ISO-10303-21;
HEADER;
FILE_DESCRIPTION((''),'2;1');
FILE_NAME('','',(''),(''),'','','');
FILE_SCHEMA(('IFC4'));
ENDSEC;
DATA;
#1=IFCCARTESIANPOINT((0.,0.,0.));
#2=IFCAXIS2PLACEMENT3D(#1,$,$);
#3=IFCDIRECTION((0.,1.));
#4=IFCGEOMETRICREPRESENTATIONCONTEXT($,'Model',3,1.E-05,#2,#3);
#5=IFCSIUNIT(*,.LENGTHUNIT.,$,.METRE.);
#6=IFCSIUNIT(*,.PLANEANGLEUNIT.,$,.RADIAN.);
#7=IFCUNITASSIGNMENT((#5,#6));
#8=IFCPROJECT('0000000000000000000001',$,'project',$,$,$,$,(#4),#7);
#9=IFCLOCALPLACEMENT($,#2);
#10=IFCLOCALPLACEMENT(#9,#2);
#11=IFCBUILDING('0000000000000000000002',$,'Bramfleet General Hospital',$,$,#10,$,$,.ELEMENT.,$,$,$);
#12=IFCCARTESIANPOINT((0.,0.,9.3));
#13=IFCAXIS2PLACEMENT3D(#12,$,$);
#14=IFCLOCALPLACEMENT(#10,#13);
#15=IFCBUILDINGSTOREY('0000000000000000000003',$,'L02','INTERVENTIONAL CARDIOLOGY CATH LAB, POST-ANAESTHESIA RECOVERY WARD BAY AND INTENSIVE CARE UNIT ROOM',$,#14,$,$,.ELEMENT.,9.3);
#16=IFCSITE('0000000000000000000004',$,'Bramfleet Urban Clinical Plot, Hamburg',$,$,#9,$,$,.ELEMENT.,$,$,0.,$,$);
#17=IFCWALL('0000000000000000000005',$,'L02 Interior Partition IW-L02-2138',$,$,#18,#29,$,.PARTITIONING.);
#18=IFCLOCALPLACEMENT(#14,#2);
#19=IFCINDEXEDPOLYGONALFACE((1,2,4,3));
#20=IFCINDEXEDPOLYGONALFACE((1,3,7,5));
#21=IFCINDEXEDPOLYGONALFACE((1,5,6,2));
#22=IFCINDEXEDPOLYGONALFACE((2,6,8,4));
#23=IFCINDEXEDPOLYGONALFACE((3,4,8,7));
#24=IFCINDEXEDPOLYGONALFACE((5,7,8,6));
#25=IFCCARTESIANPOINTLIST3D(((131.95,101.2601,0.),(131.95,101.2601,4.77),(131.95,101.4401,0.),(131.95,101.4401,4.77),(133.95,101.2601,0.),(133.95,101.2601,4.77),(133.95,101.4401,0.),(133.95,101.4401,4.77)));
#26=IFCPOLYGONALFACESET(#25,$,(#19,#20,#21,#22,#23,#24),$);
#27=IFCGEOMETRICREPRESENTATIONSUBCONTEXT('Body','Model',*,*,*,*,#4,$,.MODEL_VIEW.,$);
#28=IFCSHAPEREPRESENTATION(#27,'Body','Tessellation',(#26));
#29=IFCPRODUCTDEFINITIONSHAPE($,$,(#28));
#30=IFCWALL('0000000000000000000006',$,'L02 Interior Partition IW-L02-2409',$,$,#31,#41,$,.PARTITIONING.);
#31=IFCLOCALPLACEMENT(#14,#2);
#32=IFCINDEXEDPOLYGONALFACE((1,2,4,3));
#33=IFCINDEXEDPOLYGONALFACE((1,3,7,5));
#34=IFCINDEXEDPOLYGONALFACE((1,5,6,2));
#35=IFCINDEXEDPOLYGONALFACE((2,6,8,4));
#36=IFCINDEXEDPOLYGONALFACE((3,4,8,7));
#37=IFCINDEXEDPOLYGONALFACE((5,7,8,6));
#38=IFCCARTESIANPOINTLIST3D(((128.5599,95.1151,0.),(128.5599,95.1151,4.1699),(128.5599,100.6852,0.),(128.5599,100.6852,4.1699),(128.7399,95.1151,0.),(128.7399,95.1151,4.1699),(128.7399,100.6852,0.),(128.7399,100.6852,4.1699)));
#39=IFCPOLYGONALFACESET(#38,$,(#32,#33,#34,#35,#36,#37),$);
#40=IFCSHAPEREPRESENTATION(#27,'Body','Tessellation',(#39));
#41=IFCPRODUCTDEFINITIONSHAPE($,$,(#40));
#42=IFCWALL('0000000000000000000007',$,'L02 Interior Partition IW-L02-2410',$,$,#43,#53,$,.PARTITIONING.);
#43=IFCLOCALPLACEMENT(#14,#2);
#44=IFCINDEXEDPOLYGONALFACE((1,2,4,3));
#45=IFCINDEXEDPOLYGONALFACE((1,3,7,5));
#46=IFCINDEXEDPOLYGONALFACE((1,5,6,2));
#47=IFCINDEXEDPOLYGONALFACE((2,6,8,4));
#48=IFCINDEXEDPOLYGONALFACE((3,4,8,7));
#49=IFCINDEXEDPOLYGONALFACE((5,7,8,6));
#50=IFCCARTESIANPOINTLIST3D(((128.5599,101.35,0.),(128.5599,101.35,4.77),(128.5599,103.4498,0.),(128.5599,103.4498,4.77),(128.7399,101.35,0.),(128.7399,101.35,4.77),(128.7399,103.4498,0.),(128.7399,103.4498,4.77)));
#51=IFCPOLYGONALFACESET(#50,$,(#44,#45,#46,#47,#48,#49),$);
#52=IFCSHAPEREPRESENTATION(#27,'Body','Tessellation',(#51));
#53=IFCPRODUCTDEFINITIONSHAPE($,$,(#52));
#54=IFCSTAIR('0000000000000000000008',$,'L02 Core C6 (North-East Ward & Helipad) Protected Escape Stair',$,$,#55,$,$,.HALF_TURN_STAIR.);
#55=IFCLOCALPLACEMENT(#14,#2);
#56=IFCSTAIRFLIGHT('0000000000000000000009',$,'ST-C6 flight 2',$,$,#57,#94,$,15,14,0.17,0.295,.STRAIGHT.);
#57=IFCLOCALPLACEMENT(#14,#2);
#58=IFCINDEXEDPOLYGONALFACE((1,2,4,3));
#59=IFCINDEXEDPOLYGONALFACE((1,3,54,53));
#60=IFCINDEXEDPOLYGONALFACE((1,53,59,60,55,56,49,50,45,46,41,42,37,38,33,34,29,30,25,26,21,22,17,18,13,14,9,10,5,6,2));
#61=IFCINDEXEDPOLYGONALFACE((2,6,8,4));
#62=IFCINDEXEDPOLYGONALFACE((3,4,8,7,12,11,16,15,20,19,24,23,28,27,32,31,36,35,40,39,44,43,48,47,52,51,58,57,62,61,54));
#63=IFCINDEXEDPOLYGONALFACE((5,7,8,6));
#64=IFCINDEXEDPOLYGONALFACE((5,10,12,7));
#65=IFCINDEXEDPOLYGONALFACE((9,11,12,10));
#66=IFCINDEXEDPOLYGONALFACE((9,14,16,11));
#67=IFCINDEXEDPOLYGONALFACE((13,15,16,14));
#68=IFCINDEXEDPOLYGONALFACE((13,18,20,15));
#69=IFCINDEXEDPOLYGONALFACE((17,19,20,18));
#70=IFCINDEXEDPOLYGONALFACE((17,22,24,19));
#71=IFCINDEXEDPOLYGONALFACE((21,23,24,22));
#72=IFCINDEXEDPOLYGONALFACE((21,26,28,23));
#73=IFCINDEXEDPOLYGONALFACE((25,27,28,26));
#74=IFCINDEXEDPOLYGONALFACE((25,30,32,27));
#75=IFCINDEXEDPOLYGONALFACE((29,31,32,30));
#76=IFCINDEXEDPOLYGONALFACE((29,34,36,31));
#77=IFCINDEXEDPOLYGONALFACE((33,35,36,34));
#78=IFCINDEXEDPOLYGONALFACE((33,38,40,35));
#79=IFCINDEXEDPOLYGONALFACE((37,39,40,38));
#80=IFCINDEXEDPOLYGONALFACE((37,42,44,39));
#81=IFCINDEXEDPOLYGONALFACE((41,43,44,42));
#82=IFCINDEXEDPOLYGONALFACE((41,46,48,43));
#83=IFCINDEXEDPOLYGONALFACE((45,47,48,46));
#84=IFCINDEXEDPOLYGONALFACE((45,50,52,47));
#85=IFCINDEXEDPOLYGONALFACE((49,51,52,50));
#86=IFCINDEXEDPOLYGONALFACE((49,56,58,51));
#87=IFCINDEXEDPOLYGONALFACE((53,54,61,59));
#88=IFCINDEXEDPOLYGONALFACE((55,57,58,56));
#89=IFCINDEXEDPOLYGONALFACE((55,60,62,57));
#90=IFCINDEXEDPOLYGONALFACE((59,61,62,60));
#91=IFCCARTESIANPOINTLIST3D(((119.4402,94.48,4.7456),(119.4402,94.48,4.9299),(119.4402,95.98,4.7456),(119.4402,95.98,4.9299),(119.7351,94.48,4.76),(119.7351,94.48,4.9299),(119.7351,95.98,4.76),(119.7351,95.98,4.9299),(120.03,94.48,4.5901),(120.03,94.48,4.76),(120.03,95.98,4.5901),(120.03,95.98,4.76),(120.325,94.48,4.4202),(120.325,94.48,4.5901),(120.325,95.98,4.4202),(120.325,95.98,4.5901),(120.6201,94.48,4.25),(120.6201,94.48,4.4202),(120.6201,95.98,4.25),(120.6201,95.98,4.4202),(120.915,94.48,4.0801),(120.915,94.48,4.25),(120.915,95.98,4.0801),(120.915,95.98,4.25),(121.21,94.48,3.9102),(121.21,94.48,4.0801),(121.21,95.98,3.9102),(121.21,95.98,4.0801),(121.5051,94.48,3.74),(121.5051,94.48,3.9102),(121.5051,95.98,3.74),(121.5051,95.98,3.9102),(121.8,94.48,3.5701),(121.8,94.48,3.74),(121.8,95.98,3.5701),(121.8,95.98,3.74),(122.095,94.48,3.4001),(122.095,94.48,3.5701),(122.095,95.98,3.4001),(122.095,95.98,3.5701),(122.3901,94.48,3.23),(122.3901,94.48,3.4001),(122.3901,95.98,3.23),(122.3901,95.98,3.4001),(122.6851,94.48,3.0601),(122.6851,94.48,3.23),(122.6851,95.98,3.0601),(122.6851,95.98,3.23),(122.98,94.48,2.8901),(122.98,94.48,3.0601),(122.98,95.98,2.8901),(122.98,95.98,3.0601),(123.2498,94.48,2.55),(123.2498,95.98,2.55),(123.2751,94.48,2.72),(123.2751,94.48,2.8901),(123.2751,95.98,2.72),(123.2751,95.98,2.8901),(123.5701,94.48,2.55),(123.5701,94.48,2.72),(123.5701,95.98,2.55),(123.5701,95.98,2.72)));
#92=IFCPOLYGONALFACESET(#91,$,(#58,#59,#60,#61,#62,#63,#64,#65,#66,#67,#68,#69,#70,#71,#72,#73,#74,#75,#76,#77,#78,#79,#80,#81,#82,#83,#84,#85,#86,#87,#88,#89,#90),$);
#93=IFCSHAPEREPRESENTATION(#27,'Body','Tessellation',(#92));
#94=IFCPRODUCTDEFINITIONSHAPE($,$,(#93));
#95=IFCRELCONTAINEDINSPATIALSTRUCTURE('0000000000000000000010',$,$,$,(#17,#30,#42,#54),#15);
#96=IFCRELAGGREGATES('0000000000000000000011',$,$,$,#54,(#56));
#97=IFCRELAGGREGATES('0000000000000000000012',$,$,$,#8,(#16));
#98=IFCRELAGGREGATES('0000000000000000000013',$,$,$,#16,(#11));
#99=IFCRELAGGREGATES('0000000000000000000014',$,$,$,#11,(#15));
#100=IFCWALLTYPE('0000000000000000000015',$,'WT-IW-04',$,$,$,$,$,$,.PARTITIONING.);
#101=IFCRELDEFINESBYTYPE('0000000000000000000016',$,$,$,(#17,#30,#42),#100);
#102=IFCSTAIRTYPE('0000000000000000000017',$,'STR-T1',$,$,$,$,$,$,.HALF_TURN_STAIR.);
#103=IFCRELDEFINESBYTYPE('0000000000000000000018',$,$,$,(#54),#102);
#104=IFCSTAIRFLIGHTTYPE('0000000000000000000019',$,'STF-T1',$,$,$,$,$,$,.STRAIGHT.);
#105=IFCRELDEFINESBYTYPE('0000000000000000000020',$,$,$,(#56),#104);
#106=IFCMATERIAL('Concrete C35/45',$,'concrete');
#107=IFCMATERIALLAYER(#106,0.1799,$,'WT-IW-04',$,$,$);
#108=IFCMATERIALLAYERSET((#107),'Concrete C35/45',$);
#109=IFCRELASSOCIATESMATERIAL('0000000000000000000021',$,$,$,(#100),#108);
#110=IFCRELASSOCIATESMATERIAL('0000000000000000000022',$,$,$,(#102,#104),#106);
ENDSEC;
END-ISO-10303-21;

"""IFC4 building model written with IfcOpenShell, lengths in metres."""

from ifc_helpers import new_model, si_unit, direction, frame, frame_2d, origin, place, context, subcontext, project, spatial, polyline, rectangle, outline, extrude, material, layer, layer_set, type_object, element, aggregate, save


model = new_model("IFC4")

# Units and contexts
model_context = context("Model", 3, precision=1e-05, world=origin(), true_north=direction((0.0, 1.0)))
body_context = subcontext(model_context, "Body", "Model", "MODEL_VIEW")
ifc_project = project(units=[si_unit("LENGTHUNIT", "METRE"), si_unit("PLANEANGLEUNIT", "RADIAN")], contexts=[model_context])

# Site, building, storey
site_placement = place(None, origin())
site = spatial("IfcSite", under=ifc_project, at=site_placement, Name="Bramfleet Urban Clinical Plot, Hamburg", CompositionType="ELEMENT", RefElevation=0.0)
building_placement = place(site_placement, origin())
building = spatial("IfcBuilding", under=site, at=building_placement, Name="Bramfleet General Hospital", CompositionType="ELEMENT")
storey_placement = place(building_placement, frame((0.0, 0.0, 9.3)))
storey = spatial("IfcBuildingStorey", under=building, at=storey_placement, Name="L02", Description="INTERVENTIONAL CARDIOLOGY CATH LAB, POST-ANAESTHESIA RECOVERY WARD BAY AND INTENSIVE CARE UNIT ROOM", CompositionType="ELEMENT", Elevation=9.3)

# Shared definitions
ifc_material_1 = material(Name="Concrete C35/45", Category="concrete")

# Shared definitions
ifc_layer_1 = layer(ifc_material_1, 0.1799, Name="WT-IW-04")
ifc_layer_set_1 = layer_set([ifc_layer_1], Name="Concrete C35/45")
wall_type_1 = type_object("IfcWallType", Name="WT-IW-04", PredefinedType="PARTITIONING", material=ifc_layer_set_1)

# Walls
wall_1_placement = place(storey_placement, frame((131.95, 101.3501, 0.0), z_axis=(0.0, 0.0, 1.0), x_axis=(1.0, 0.0, 0.0)))
element("IfcWall", 1, at=wall_1_placement, inside=storey, type_object=wall_type_1, Name="L02 Interior Partition IW-L02-2138", PredefinedType="PARTITIONING", context=body_context, shape_type="SweptSolid", body=[
    extrude(rectangle(XDim=2.0, YDim=0.1799, at=frame_2d((1.0, 0.0))), origin(), (0.0, 0.0, 1.0), 4.77),
])
wall_2_placement = place(storey_placement, frame((128.6499, 95.115, 0.0), z_axis=(0.0, 0.0, 1.0), x_axis=(0.0, 1.0, 0.0)))
element("IfcWall", 2, at=wall_2_placement, inside=storey, type_object=wall_type_1, Name="L02 Interior Partition IW-L02-2409", PredefinedType="PARTITIONING", context=body_context, shape_type="SweptSolid", body=[
    extrude(rectangle(XDim=5.5701, YDim=0.1799, at=frame_2d((2.7852, 0.0))), origin(), (0.0, 0.0, 1.0), 4.1699),
])
wall_3_placement = place(storey_placement, frame((128.6499, 101.3501, 0.0), z_axis=(0.0, 0.0, 1.0), x_axis=(0.0, 1.0, 0.0)))
element("IfcWall", 3, at=wall_3_placement, inside=storey, type_object=wall_type_1, Name="L02 Interior Partition IW-L02-2410", PredefinedType="PARTITIONING", context=body_context, shape_type="SweptSolid", body=[
    extrude(rectangle(XDim=2.0999, YDim=0.1799, at=frame_2d((1.0498, 0.0))), origin(), (0.0, 0.0, 1.0), 4.77),
])

# Stair, stair flight
stair_type = type_object("IfcStairType", Name="STR-T1", PredefinedType="HALF_TURN_STAIR", material=ifc_material_1)
stair_placement = place(storey_placement, origin())
stair = element("IfcStair", 4, at=stair_placement, inside=storey, type_object=stair_type, Name="L02 Core C6 (North-East Ward & Helipad) Protected Escape Stair", PredefinedType="HALF_TURN_STAIR")
stair_flight_type = type_object("IfcStairFlightType", Name="STF-T1", PredefinedType="STRAIGHT", material=ifc_material_1)
stair_flight_placement = place(storey_placement, frame((123.5701, 95.23, 2.55), z_axis=(0.0, 0.0, 1.0), x_axis=(-1.0, 0.0, 0.0)))
stair_flight = element("IfcStairFlight", 5, at=stair_flight_placement, type_object=stair_flight_type, Name="ST-C6 flight 2", NumberOfRisers=15, NumberOfTreads=14, PredefinedType="STRAIGHT", RiserHeight=0.17, TreadLength=0.295, context=body_context, shape_type="SweptSolid", body=[
    extrude(outline(polyline([(0.0, 0.0), (0.0, 0.1699), (0.2949, 0.1699), (0.2949, 0.3401), (0.5901, 0.3401), (0.5901, 0.51), (0.885, 0.51), (0.885, 0.6799), (1.1799, 0.6799), (1.1799, 0.8501), (1.4751, 0.8501), (1.4751, 1.02), (1.77, 1.02), (1.77, 1.1899), (2.0649, 1.1899), (2.0649, 1.3601), (2.3601, 1.3601), (2.3601, 1.53), (2.655, 1.53), (2.655, 1.7), (2.95, 1.7), (2.95, 1.8701), (3.2451, 1.8701), (3.2451, 2.04), (3.54, 2.04), (3.54, 2.21), (3.835, 2.21), (3.835, 2.3799), (4.1299, 2.3799), (4.1299, 2.55), (4.1299, 2.1956), (0.3203, 0.0), (0.0, 0.0)])), frame((0.0, 0.75, 0.0), z_axis=(0.0, -1.0, 0.0), x_axis=(1.0, 0.0, 0.0)), (0.0, 0.0, 1.0), 1.5),
])
aggregate(stair, [stair_flight])

save(model, "model.ifc")
